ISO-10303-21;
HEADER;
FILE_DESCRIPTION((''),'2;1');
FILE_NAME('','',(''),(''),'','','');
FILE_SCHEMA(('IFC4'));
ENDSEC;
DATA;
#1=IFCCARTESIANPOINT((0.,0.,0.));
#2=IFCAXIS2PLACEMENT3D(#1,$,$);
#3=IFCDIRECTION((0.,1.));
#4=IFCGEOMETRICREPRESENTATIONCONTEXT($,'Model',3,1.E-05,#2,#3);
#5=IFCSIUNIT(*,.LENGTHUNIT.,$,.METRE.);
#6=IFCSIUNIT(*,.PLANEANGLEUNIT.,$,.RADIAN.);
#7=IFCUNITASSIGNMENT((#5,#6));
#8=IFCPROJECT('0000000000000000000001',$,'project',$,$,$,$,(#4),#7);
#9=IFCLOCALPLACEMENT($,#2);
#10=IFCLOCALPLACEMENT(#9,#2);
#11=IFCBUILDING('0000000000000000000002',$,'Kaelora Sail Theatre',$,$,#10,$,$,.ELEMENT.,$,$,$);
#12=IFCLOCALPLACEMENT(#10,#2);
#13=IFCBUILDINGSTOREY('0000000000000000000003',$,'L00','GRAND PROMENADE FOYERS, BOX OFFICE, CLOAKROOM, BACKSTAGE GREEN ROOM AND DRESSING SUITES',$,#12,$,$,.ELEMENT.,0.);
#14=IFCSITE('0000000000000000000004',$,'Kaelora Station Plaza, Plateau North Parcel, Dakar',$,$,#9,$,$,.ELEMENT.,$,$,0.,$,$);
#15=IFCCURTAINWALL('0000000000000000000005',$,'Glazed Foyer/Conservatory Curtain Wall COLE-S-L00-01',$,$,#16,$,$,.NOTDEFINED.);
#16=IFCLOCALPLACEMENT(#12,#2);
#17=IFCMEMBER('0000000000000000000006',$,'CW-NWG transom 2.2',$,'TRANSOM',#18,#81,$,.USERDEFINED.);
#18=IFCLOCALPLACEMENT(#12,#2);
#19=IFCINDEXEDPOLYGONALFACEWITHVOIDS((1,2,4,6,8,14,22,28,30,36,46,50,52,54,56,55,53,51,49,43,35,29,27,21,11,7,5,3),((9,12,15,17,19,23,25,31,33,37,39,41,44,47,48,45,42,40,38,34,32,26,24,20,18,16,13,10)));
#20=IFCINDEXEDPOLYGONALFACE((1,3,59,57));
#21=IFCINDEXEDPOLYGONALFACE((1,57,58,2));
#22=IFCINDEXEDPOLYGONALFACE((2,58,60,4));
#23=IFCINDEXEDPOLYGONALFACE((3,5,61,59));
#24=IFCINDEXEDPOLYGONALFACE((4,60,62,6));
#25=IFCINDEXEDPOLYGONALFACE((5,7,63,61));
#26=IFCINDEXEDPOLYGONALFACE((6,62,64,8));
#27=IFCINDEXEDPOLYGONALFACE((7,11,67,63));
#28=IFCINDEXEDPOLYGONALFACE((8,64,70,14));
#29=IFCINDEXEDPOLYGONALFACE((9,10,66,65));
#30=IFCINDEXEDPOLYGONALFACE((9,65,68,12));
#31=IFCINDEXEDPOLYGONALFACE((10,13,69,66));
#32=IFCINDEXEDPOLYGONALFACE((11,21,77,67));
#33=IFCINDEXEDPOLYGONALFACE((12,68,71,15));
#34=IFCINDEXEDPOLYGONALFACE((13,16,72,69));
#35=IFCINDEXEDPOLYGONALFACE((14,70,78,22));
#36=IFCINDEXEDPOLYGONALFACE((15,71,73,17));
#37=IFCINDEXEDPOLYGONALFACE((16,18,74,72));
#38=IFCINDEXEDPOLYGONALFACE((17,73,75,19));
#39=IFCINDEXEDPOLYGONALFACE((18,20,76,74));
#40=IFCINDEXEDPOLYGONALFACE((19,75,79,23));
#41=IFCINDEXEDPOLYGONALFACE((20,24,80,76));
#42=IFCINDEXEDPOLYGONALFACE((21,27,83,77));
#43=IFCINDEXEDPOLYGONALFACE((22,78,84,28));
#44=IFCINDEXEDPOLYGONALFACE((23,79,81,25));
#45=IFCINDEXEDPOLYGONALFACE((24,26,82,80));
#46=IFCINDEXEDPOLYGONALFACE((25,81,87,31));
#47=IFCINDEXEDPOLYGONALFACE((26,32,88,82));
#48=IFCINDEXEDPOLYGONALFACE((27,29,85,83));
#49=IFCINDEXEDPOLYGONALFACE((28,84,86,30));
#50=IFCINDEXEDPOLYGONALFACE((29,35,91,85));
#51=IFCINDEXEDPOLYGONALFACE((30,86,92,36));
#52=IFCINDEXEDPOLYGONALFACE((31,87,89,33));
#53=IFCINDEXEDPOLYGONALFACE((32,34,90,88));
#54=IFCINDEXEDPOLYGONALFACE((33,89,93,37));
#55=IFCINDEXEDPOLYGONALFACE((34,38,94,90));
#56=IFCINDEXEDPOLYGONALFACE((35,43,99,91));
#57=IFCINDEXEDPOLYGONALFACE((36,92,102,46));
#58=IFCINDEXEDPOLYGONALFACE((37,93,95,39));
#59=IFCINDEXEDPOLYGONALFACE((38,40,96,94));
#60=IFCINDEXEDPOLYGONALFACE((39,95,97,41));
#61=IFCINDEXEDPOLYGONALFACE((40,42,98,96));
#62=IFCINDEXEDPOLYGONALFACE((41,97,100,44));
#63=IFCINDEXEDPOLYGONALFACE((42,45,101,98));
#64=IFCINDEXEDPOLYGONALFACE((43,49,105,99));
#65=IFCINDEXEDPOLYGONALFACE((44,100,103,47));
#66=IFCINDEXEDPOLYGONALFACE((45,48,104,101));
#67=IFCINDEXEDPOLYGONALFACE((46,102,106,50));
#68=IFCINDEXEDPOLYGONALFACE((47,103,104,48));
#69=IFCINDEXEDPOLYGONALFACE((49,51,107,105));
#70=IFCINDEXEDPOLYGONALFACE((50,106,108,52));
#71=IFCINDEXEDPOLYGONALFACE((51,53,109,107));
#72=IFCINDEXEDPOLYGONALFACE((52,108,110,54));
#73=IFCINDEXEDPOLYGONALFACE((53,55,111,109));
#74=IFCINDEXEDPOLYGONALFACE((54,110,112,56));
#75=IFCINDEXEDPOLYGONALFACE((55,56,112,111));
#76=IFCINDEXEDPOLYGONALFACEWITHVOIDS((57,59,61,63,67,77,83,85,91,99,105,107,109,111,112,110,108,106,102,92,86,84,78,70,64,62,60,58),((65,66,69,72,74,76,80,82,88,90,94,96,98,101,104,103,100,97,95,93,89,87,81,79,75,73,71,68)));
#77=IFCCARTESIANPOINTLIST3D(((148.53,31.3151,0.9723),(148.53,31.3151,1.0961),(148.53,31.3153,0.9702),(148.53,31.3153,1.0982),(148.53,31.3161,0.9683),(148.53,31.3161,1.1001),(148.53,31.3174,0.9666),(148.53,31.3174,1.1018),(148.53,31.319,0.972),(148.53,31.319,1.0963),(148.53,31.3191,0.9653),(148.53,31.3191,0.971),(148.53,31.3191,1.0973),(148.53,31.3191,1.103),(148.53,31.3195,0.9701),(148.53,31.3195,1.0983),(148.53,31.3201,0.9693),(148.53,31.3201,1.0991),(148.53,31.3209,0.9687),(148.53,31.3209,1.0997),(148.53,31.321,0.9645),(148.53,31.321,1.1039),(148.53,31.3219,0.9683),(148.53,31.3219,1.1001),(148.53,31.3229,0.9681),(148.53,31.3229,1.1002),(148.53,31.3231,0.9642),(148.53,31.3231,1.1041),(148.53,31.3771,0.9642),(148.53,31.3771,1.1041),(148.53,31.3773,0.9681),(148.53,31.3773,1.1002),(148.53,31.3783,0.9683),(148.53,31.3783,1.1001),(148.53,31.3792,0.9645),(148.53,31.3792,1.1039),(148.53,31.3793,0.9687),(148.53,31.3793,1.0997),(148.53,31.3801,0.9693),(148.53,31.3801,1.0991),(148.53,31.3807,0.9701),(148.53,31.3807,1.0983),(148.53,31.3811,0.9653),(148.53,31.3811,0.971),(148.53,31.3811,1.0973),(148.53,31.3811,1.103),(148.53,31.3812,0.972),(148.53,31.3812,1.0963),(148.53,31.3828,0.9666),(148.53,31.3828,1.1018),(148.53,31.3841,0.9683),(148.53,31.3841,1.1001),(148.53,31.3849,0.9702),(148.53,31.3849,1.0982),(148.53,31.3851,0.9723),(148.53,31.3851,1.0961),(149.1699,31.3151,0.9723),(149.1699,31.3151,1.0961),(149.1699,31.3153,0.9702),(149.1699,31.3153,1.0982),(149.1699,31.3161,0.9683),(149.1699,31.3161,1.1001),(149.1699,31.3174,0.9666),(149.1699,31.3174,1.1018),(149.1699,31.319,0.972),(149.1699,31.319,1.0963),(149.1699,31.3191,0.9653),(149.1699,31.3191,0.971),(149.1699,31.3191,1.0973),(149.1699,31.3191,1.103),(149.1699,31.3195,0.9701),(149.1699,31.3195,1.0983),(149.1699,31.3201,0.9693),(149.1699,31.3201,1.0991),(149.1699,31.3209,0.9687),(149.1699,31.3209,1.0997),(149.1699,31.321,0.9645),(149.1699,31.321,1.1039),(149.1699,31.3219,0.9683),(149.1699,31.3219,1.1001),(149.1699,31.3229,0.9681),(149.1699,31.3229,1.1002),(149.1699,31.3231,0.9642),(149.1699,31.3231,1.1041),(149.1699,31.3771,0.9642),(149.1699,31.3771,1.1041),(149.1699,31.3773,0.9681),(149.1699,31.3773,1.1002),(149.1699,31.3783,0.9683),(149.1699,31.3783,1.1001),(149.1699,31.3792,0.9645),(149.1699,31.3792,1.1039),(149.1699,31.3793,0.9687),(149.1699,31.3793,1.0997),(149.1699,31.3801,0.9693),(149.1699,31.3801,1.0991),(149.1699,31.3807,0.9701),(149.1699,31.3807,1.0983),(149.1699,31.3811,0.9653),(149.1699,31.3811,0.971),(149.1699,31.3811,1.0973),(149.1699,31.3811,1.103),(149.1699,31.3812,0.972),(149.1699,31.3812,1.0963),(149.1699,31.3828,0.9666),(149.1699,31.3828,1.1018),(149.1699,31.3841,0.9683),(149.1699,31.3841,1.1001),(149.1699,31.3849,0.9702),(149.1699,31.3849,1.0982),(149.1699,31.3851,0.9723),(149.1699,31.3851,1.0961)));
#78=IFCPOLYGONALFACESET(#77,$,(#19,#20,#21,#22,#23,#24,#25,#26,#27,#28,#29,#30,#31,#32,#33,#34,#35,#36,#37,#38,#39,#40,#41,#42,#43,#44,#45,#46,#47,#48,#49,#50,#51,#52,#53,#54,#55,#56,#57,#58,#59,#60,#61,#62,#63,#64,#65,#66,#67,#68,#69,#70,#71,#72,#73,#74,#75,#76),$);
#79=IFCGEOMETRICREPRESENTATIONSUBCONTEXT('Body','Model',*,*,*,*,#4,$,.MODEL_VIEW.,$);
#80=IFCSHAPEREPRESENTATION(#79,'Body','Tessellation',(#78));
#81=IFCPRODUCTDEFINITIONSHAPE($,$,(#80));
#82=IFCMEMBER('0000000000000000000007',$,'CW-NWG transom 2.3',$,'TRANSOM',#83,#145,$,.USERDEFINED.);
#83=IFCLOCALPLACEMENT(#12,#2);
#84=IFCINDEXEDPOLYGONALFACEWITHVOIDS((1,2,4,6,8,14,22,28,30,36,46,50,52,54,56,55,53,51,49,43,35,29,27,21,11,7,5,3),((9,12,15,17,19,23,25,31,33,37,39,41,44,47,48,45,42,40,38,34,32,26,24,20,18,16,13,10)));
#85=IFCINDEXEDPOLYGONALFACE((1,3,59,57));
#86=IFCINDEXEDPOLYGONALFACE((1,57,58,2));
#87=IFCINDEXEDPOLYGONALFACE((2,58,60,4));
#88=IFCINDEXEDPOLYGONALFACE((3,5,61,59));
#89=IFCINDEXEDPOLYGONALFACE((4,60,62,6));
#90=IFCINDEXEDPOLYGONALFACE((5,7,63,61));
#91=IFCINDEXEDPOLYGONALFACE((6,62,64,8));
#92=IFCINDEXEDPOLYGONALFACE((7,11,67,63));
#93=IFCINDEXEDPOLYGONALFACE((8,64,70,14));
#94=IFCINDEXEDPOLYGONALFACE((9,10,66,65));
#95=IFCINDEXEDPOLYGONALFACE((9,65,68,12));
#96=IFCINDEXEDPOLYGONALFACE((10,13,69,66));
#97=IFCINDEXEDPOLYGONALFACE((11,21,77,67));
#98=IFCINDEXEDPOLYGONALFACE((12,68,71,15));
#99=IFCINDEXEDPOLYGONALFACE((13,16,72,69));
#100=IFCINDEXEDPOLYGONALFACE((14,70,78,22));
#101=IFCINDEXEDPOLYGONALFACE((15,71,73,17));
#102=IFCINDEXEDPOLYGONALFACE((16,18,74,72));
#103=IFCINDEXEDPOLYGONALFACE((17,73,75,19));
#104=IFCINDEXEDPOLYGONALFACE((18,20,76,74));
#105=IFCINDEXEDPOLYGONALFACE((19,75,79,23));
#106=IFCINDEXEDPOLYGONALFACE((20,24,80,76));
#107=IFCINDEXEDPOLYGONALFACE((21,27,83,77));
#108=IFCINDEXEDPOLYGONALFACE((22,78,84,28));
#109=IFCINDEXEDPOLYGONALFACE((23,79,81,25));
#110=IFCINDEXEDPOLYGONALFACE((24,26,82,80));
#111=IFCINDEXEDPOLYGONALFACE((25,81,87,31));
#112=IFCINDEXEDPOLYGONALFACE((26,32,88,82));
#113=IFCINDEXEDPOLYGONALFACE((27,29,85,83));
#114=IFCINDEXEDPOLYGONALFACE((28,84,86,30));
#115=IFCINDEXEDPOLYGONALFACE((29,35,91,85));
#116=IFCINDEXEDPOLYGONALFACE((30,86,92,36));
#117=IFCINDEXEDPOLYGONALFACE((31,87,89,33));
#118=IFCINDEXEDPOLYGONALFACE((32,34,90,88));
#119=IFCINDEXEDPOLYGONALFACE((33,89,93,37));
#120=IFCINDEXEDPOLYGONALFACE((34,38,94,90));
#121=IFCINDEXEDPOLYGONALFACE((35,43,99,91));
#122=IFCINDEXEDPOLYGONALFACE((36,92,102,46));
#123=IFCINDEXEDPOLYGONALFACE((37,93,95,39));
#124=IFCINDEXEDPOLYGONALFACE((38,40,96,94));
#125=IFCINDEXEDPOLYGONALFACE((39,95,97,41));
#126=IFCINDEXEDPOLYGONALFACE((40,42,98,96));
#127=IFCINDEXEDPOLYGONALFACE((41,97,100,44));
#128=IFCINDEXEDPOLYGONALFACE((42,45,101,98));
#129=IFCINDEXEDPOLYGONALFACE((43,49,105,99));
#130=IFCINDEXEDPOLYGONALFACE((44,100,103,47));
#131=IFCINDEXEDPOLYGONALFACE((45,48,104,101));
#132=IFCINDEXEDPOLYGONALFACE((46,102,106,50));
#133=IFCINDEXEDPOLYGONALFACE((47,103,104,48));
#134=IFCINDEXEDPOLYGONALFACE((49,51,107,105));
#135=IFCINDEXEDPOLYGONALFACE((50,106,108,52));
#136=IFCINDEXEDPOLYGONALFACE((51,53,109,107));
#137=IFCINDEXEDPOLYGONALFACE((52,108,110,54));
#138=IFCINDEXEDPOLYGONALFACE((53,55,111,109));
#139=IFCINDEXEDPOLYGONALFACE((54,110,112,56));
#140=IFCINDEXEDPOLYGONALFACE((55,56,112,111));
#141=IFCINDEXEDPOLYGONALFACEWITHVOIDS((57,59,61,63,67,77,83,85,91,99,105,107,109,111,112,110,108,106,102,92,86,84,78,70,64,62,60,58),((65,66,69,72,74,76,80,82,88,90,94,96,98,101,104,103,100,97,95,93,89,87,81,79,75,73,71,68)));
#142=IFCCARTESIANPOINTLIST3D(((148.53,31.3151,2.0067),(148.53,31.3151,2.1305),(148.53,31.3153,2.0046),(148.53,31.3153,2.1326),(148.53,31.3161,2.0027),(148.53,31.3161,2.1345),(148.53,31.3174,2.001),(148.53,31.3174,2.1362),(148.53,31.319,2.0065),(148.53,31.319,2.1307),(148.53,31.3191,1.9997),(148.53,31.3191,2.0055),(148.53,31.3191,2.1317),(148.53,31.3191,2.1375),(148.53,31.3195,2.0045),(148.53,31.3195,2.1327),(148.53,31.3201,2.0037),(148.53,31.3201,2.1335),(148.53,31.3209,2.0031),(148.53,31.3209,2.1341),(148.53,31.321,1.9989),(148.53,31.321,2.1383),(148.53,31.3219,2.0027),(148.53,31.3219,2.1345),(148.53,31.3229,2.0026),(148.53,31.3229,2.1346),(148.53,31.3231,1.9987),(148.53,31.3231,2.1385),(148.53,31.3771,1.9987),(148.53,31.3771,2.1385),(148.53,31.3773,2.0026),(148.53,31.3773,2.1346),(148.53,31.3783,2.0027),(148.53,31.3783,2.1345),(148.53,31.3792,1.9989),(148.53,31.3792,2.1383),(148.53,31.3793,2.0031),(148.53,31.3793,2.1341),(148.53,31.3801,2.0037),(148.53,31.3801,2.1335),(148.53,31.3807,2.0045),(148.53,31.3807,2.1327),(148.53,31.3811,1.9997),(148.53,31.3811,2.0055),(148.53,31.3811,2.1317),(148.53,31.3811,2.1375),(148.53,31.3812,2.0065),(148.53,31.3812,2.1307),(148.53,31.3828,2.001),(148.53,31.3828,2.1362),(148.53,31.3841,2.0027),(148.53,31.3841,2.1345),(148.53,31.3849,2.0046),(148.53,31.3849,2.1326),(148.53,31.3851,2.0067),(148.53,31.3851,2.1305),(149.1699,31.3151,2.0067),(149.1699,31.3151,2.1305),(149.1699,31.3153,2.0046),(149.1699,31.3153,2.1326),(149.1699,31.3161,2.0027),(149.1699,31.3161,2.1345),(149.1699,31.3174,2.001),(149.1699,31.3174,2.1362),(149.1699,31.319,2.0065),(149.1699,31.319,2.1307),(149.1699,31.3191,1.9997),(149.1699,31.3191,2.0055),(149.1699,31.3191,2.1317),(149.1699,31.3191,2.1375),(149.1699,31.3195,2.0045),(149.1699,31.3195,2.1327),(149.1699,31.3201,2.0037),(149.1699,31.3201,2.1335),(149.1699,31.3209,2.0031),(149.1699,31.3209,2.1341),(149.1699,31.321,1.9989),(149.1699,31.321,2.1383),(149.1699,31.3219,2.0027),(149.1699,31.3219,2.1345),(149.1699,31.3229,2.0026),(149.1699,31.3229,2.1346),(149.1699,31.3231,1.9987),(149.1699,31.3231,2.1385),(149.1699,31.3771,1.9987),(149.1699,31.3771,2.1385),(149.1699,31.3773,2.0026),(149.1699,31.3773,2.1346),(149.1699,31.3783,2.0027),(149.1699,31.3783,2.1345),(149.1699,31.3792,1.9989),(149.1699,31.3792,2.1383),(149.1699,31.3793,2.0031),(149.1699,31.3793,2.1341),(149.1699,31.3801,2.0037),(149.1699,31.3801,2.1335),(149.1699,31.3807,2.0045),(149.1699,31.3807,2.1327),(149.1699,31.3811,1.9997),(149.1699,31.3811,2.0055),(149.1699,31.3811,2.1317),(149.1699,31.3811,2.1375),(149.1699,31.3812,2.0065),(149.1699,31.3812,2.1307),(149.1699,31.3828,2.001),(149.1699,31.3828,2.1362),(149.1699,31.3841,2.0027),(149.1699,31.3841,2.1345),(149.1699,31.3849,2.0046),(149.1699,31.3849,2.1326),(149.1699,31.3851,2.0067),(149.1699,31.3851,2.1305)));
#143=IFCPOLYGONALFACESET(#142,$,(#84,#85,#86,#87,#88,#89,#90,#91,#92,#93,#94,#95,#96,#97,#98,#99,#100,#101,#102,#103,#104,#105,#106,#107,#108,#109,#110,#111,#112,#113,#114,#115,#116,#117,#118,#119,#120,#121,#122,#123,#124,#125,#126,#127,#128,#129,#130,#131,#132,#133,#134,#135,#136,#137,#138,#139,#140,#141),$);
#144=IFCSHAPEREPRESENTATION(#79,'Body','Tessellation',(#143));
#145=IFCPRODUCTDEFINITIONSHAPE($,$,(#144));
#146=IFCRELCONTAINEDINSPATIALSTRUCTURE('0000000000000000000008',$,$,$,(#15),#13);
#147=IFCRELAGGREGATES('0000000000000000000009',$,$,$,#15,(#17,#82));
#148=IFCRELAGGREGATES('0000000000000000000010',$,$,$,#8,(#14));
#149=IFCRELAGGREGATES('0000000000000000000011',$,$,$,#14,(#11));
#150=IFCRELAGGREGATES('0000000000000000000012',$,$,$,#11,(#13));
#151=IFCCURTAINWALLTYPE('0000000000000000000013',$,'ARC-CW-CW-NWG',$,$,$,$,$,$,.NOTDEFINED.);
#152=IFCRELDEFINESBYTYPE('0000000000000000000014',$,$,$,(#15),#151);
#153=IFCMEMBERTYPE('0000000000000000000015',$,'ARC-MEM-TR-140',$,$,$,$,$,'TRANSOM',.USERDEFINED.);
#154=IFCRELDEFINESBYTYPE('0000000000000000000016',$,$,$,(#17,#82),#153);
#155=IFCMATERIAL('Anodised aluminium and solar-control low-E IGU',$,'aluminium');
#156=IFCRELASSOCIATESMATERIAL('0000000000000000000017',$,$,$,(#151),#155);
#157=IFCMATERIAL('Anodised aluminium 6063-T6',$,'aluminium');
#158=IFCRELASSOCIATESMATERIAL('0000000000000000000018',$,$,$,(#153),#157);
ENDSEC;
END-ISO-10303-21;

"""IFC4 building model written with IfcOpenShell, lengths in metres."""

from ifc_helpers import new_model, si_unit, direction, frame, origin, origin_2d, place, context, subcontext, project, spatial, hollow_rectangle, extrude, material, material_profile, profile_set, type_object, element, aggregate, save


model = new_model("IFC4")

# Units and contexts
model_context = context("Model", 3, precision=1e-05, world=origin(), true_north=direction((0.0, 1.0)))
body_context = subcontext(model_context, "Body", "Model", "MODEL_VIEW")
ifc_project = project(units=[si_unit("LENGTHUNIT", "METRE"), si_unit("PLANEANGLEUNIT", "RADIAN")], contexts=[model_context])

# Site, building, storey
site_placement = place(None, origin())
site = spatial("IfcSite", under=ifc_project, at=site_placement, Name="Kaelora Station Plaza, Plateau North Parcel, Dakar", CompositionType="ELEMENT", RefElevation=0.0)
building_placement = place(site_placement, origin())
building = spatial("IfcBuilding", under=site, at=building_placement, Name="Kaelora Sail Theatre", CompositionType="ELEMENT")
storey_placement = place(building_placement, origin())
storey = spatial("IfcBuildingStorey", under=building, at=storey_placement, Name="L00", Description="GRAND PROMENADE FOYERS, BOX OFFICE, CLOAKROOM, BACKSTAGE GREEN ROOM AND DRESSING SUITES", CompositionType="ELEMENT", Elevation=0.0)

# Curtain wall
ifc_material_1 = material(Name="Anodised aluminium and solar-control low-E IGU", Category="aluminium")
curtain_wall_type = type_object("IfcCurtainWallType", Name="ARC-CW-CW-NWG", PredefinedType="NOTDEFINED", material=ifc_material_1)
curtain_wall_placement = place(storey_placement, origin())
curtain_wall = element("IfcCurtainWall", 1, at=curtain_wall_placement, inside=storey, type_object=curtain_wall_type, Name="Glazed Foyer/Conservatory Curtain Wall COLE-S-L00-01", PredefinedType="NOTDEFINED")

# Members
ifc_material_2 = material(Name="Anodised aluminium 6063-T6", Category="aluminium")
ifc_material_profile_1 = material_profile(ifc_material_2, hollow_rectangle(XDim=0.0701, YDim=0.1399, WallThickness=0.0039, InnerFilletRadius=0.0039, OuterFilletRadius=0.0081, at=origin_2d()), Name="ALU-TRAN 70x140x4")
ifc_profile_set_1 = profile_set([ifc_material_profile_1], Name="Anodised aluminium 6063-T6")
member_type_1 = type_object("IfcMemberType", Name="ARC-MEM-TR-140", ElementType="TRANSOM", PredefinedType="USERDEFINED", material=ifc_profile_set_1)
member_1_placement = place(storey_placement, frame((148.53, 31.3501, 1.0342), z_axis=(1.0, 0.0, 0.0), x_axis=(0.0, 1.0, 0.0)))
member_1 = element("IfcMember", 2, at=member_1_placement, type_object=member_type_1, Name="CW-NWG transom 2.2", ObjectType="TRANSOM", PredefinedType="USERDEFINED", context=body_context, shape_type="SweptSolid", body=[
    extrude(hollow_rectangle(XDim=0.0701, YDim=0.1399, WallThickness=0.0039, InnerFilletRadius=0.0039, OuterFilletRadius=0.0081, at=origin_2d()), origin(), (0.0, 0.0, 1.0), 0.6399),
])
member_2_placement = place(storey_placement, frame((148.53, 31.3501, 2.0686), z_axis=(1.0, 0.0, 0.0), x_axis=(0.0, 1.0, 0.0)))
member_2 = element("IfcMember", 3, at=member_2_placement, type_object=member_type_1, Name="CW-NWG transom 2.3", ObjectType="TRANSOM", PredefinedType="USERDEFINED", context=body_context, shape_type="SweptSolid", body=[
    extrude(hollow_rectangle(XDim=0.0701, YDim=0.1399, WallThickness=0.0039, InnerFilletRadius=0.0039, OuterFilletRadius=0.0081, at=origin_2d()), origin(), (0.0, 0.0, 1.0), 0.6399),
])

aggregate(curtain_wall, [member_1, member_2])

save(model, "model.ifc")
